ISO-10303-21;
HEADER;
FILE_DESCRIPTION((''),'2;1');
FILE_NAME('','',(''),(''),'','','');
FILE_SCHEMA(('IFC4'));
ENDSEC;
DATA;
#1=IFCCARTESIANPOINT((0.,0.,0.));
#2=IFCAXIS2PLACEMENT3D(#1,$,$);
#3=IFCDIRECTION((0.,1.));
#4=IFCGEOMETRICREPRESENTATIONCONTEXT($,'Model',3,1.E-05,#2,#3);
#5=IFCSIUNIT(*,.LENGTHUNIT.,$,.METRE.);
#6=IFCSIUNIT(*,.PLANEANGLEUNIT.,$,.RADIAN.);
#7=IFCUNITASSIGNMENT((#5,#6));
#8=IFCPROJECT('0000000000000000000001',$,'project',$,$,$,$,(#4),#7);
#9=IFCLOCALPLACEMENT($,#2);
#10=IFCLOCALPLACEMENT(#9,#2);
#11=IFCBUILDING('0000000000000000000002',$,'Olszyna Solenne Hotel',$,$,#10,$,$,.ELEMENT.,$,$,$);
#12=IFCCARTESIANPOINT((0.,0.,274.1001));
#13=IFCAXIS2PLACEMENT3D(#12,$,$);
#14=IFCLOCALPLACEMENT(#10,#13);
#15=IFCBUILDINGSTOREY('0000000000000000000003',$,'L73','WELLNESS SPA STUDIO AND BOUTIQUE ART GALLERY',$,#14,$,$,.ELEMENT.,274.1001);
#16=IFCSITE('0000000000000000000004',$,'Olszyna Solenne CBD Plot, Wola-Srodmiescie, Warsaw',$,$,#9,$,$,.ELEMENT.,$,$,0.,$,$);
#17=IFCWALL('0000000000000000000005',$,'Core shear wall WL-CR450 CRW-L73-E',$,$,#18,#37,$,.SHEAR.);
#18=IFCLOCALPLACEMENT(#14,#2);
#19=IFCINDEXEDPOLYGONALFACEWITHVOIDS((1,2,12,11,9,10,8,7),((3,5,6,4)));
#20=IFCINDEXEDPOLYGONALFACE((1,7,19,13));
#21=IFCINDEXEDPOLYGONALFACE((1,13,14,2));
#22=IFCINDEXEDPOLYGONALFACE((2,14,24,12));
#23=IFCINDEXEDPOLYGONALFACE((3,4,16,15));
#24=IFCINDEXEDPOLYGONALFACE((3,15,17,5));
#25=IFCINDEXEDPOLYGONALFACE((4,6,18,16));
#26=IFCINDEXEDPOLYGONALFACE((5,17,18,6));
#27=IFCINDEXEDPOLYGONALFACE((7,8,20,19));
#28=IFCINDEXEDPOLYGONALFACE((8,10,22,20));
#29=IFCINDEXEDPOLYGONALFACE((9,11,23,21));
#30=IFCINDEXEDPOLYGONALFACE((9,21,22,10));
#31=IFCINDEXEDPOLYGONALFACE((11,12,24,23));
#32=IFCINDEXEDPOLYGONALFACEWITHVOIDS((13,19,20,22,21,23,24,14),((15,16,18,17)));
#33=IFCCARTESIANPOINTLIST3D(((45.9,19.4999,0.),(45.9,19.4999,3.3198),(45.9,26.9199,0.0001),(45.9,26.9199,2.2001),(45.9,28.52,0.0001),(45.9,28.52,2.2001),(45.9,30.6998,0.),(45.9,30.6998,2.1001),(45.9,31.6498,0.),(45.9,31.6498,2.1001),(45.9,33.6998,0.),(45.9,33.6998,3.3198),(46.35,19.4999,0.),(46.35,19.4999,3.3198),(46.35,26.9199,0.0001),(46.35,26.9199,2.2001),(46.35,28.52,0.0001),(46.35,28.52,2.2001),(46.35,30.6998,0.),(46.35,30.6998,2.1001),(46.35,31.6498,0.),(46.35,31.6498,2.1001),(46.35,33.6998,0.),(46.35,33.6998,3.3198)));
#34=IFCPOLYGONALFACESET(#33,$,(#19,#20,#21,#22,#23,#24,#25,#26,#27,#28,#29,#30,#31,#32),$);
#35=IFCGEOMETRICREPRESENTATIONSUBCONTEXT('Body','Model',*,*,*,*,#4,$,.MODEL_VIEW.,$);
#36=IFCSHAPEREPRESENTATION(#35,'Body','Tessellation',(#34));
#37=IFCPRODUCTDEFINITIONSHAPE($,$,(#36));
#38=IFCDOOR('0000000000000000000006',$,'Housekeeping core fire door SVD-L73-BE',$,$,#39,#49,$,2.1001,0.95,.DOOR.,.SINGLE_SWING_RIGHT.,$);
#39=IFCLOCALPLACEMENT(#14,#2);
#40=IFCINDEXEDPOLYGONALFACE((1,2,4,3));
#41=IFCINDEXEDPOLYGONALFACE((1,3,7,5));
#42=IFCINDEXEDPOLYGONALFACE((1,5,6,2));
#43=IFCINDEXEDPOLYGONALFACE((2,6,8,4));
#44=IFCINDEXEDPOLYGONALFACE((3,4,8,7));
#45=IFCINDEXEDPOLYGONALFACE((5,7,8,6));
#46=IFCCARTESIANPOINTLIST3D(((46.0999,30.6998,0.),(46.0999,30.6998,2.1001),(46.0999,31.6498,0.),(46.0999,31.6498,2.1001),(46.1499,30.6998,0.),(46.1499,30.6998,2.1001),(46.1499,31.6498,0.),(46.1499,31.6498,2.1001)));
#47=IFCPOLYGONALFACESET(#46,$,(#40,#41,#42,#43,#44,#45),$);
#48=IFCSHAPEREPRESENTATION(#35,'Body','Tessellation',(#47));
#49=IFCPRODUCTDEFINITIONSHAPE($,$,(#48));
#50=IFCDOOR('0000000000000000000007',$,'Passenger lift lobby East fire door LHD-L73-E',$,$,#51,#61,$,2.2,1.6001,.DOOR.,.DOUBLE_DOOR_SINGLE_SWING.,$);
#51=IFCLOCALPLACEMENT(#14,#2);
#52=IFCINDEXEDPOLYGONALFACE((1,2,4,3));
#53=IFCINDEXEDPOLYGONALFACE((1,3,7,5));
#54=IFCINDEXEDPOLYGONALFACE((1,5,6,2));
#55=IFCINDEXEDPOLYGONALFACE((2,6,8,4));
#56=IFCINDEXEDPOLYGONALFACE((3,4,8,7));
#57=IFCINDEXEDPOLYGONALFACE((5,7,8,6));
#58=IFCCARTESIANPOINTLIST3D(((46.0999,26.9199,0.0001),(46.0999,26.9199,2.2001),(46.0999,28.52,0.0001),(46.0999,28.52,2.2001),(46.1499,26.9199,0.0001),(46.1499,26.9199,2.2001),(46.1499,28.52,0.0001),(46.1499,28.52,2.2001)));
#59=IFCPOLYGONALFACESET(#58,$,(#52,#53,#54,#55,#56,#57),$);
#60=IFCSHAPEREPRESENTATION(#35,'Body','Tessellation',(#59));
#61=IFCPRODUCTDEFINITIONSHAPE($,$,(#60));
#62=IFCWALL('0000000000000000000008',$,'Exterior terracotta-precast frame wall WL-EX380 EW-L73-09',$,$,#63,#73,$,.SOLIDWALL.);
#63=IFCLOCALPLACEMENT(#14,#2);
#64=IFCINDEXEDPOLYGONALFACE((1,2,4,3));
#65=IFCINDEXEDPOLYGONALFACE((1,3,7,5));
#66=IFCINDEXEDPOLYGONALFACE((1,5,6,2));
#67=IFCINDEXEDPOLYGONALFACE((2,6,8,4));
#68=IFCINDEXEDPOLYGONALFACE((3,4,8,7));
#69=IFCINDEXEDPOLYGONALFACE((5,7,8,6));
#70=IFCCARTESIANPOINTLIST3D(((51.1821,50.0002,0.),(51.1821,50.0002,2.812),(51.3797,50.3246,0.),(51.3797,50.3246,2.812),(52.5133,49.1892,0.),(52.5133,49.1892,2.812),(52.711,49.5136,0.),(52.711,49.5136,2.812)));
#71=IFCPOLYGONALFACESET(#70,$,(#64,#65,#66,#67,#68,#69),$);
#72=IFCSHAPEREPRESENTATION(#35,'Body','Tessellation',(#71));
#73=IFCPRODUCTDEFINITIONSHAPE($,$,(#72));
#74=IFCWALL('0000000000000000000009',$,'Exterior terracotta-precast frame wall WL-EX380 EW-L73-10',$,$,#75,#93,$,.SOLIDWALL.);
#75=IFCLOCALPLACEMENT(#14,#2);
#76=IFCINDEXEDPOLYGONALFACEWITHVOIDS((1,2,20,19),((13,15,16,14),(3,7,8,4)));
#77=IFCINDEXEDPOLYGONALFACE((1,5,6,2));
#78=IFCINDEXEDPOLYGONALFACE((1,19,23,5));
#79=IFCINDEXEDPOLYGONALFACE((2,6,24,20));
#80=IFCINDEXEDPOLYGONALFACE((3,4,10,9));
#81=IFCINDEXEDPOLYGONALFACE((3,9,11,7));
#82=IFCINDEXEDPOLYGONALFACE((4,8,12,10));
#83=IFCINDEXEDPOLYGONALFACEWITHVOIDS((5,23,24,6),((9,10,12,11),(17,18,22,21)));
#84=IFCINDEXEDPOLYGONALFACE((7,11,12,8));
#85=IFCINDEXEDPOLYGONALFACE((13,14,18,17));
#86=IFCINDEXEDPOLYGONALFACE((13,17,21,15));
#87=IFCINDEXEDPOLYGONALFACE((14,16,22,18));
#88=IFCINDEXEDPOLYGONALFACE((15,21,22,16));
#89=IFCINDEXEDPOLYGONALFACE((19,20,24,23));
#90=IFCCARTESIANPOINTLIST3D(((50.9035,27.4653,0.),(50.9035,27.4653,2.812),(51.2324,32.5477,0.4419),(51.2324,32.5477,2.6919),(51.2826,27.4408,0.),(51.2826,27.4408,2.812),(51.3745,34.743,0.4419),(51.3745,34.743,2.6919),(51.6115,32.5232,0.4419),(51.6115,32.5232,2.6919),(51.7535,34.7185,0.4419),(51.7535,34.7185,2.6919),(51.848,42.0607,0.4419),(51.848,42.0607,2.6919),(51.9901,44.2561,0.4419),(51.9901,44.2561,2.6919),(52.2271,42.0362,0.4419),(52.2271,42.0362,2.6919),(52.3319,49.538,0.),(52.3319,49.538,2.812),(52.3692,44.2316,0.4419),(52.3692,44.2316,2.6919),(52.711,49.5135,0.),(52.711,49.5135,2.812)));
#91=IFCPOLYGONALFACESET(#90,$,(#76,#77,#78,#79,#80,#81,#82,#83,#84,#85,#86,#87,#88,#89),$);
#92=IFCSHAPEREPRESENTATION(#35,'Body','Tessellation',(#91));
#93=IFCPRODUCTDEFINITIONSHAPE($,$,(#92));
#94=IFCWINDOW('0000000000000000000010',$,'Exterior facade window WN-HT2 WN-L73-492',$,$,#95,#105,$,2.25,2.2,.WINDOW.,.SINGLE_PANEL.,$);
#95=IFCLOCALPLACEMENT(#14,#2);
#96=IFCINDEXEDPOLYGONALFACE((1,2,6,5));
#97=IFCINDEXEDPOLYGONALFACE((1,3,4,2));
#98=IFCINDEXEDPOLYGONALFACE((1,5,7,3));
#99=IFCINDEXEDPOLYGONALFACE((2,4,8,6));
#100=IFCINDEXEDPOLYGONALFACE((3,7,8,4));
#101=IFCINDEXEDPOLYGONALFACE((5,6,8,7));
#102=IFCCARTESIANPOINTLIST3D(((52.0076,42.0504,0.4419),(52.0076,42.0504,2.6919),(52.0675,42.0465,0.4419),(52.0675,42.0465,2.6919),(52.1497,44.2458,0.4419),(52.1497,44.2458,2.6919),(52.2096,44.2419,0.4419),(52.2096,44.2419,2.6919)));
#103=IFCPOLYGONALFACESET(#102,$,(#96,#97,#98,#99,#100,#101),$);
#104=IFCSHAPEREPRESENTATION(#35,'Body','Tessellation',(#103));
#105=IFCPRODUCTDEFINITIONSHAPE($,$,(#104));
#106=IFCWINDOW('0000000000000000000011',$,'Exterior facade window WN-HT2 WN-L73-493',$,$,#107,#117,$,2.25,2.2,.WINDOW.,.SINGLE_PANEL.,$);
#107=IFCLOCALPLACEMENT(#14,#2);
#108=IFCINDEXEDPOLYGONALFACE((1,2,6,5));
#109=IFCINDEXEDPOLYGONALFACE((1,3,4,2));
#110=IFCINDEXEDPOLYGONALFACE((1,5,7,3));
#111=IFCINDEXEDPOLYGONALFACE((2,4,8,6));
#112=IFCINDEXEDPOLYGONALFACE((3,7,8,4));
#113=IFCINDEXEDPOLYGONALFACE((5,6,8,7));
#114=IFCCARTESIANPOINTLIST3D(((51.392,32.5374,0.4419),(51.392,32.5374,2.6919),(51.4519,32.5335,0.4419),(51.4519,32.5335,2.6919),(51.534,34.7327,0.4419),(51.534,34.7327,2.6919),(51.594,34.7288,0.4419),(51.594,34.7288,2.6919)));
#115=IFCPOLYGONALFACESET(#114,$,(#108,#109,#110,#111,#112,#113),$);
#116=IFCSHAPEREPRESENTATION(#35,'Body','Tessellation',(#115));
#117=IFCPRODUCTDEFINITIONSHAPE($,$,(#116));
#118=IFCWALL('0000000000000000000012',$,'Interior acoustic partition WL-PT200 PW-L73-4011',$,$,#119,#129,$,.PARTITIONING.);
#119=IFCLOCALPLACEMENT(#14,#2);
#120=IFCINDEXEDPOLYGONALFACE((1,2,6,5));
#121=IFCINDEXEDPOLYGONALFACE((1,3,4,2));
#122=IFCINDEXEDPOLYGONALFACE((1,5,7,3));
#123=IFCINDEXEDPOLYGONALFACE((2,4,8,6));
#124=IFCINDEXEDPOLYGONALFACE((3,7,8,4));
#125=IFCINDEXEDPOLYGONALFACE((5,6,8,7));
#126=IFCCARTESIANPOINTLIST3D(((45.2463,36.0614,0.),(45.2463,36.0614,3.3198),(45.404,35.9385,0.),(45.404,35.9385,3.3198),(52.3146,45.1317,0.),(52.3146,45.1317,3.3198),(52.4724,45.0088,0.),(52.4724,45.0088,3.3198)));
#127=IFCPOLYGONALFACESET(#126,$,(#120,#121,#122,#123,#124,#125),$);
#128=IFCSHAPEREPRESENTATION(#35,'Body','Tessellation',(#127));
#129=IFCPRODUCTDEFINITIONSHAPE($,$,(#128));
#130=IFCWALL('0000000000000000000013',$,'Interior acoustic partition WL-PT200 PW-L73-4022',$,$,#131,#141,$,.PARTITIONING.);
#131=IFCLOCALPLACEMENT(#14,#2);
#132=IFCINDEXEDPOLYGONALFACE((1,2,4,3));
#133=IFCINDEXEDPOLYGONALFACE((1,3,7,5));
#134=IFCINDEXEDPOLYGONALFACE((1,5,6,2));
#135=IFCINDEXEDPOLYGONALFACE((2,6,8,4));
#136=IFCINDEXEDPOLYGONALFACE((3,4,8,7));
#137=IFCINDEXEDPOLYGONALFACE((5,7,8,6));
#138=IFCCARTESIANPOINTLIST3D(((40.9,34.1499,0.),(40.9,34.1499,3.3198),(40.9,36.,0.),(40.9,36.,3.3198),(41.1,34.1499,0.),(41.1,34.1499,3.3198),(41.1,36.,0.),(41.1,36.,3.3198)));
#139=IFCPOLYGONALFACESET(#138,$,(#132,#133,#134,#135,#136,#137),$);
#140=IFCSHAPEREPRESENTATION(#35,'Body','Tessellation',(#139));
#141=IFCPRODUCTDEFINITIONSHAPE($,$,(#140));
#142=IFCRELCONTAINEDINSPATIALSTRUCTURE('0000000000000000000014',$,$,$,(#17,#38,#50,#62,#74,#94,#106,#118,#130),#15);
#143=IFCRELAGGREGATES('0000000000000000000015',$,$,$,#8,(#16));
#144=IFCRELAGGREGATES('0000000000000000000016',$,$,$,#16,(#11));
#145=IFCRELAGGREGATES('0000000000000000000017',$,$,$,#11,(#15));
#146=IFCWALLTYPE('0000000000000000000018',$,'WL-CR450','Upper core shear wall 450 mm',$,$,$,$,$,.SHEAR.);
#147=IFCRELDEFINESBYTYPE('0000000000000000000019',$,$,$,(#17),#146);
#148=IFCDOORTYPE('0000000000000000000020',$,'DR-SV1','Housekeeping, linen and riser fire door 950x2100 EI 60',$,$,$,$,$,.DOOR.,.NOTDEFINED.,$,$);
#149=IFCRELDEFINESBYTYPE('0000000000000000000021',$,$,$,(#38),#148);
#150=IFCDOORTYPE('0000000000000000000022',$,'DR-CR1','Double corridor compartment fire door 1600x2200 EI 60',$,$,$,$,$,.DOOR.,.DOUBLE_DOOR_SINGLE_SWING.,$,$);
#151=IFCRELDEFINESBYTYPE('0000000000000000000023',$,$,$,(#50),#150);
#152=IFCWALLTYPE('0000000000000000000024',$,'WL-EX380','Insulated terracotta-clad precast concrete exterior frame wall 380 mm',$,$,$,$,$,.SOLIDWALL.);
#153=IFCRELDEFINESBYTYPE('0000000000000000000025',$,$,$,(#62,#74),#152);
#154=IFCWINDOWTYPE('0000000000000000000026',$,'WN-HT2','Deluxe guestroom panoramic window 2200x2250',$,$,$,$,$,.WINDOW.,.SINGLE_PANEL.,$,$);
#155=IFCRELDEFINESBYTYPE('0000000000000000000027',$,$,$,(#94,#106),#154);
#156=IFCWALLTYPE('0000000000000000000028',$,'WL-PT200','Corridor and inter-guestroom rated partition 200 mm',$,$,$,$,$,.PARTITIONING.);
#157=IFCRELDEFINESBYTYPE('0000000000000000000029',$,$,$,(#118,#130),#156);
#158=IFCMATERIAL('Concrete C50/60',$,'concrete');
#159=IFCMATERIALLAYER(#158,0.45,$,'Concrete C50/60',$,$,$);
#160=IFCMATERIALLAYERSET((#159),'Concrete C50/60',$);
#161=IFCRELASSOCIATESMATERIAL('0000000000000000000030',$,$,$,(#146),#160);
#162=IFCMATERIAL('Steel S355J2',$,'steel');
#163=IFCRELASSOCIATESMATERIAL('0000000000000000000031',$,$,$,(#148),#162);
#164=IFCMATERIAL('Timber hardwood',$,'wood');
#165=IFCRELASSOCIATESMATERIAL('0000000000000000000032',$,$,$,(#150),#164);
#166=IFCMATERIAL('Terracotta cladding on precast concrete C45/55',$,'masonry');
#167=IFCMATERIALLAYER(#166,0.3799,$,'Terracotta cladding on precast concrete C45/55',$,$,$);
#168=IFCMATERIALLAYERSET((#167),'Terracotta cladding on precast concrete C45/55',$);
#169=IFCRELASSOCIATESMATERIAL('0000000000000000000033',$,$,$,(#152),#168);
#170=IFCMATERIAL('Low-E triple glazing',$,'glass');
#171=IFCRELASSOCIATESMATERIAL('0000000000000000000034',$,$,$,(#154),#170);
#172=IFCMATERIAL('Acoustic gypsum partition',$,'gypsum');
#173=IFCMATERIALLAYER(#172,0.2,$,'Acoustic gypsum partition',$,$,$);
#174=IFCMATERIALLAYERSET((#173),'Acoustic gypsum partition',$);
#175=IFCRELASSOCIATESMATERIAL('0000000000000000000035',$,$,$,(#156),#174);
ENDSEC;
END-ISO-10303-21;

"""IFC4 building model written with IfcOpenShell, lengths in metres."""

from ifc_helpers import new_model, si_unit, direction, frame, frame_2d, origin, place, context, subcontext, project, spatial, rectangle, extrude, source, transform, mapped, material, layer, layer_set, type_object, type_shapes, element, fill, save


model = new_model("IFC4")

# Units and contexts
model_context = context("Model", 3, precision=1e-05, world=origin(), true_north=direction((0.0, 1.0)))
body_context = subcontext(model_context, "Body", "Model", "MODEL_VIEW")
ifc_project = project(units=[si_unit("LENGTHUNIT", "METRE"), si_unit("PLANEANGLEUNIT", "RADIAN")], contexts=[model_context])

# Site, building, storey
site_placement = place(None, origin())
site = spatial("IfcSite", under=ifc_project, at=site_placement, Name="Olszyna Solenne CBD Plot, Wola-Srodmiescie, Warsaw", CompositionType="ELEMENT", RefElevation=0.0)
building_placement = place(site_placement, origin())
building = spatial("IfcBuilding", under=site, at=building_placement, Name="Olszyna Solenne Hotel", CompositionType="ELEMENT")
storey_placement = place(building_placement, frame((0.0, 0.0, 274.1001)))
storey = spatial("IfcBuildingStorey", under=building, at=storey_placement, Name="L73", Description="WELLNESS SPA STUDIO AND BOUTIQUE ART GALLERY", CompositionType="ELEMENT", Elevation=274.1001)

# Shared definitions
ifc_material_1 = material(Name="Steel S355J2", Category="steel")

# Wall, openings, doors
ifc_material_2 = material(Name="Concrete C50/60", Category="concrete")
ifc_layer_1 = layer(ifc_material_2, 0.45, Name="Concrete C50/60")
ifc_layer_set_1 = layer_set([ifc_layer_1], Name="Concrete C50/60")
wall_type_1 = type_object("IfcWallType", Name="WL-CR450", Description="Upper core shear wall 450 mm", PredefinedType="SHEAR", material=ifc_layer_set_1)
wall_1_placement = place(storey_placement, frame((46.125, 33.7, 0.0), z_axis=(0.0, 0.0, 1.0), x_axis=(0.0, -1.0, 0.0)))
wall_1 = element("IfcWall", 1, at=wall_1_placement, inside=storey, type_object=wall_type_1, Name="Core shear wall WL-CR450 CRW-L73-E", PredefinedType="SHEAR", context=body_context, shape_type="SweptSolid", body=[
    extrude(rectangle(XDim=14.2, YDim=0.45, at=frame_2d((7.1001, 0.0))), origin(), (0.0, 0.0, 1.0), 3.3198),
])
opening_1_placement = place(wall_1_placement, frame((5.1799, 0.0, 0.0)))
opening_1 = element("IfcOpeningElement", 2, at=opening_1_placement, cuts=wall_1, PredefinedType="OPENING", context=body_context, shape_type="SweptSolid", body=[
    extrude(rectangle(XDim=1.6001, YDim=2.2, at=frame_2d((0.8, 1.1001))), frame((0.0, 0.2349, 0.0), z_axis=(0.0, -1.0, 0.0), x_axis=(1.0, 0.0, 0.0)), (0.0, 0.0, 1.0), 0.47),
])
opening_2_placement = place(wall_1_placement, frame((2.05, 0.0, 0.0)))
opening_2 = element("IfcOpeningElement", 3, at=opening_2_placement, cuts=wall_1, PredefinedType="OPENING", context=body_context, shape_type="SweptSolid", body=[
    extrude(rectangle(XDim=0.95, YDim=2.1001, at=frame_2d((0.4751, 1.05))), frame((0.0, 0.2349, 0.0), z_axis=(0.0, -1.0, 0.0), x_axis=(1.0, 0.0, 0.0)), (0.0, 0.0, 1.0), 0.47),
])
door_type_1 = type_object("IfcDoorType", Name="DR-SV1", Description="Housekeeping, linen and riser fire door 950x2100 EI 60", OperationType="NOTDEFINED", PredefinedType="DOOR", material=ifc_material_1)
shared_shape_1 = source(origin(), body_context, "Body", "SweptSolid", [
    extrude(rectangle(XDim=0.95, YDim=2.1001, at=frame_2d((0.4751, 1.05))), frame((0.0, 0.0249, 0.0), z_axis=(0.0, -1.0, 0.0), x_axis=(1.0, 0.0, 0.0)), (0.0, 0.0, 1.0), 0.05),
])
type_shapes(door_type_1, [shared_shape_1])
door_1_placement = place(opening_2_placement, origin())
door_1 = element("IfcDoor", 4, at=door_1_placement, inside=storey, type_object=door_type_1, Name="Housekeeping core fire door SVD-L73-BE", OperationType="SINGLE_SWING_RIGHT", OverallHeight=2.1001, OverallWidth=0.95, PredefinedType="DOOR", context=body_context, shape_type="MappedRepresentation", body=[
    mapped(shared_shape_1, transform((0.0, 0.0, 0.0), x_axis=(1.0, 0.0, 0.0), y_axis=(0.0, 1.0, 0.0), z_axis=(0.0, 0.0, 1.0), scale=1.0)),
])
fill(opening_2, door_1)
ifc_material_3 = material(Name="Timber hardwood", Category="wood")
door_type_2 = type_object("IfcDoorType", Name="DR-CR1", Description="Double corridor compartment fire door 1600x2200 EI 60", OperationType="DOUBLE_DOOR_SINGLE_SWING", PredefinedType="DOOR", material=ifc_material_3)
shared_shape_2 = source(origin(), body_context, "Body", "SweptSolid", [
    extrude(rectangle(XDim=1.6001, YDim=2.2, at=frame_2d((0.8, 1.1001))), frame((0.0, 0.0249, 0.0), z_axis=(0.0, -1.0, 0.0), x_axis=(1.0, 0.0, 0.0)), (0.0, 0.0, 1.0), 0.05),
])
type_shapes(door_type_2, [shared_shape_2])
door_2_placement = place(opening_1_placement, origin())
door_2 = element("IfcDoor", 5, at=door_2_placement, inside=storey, type_object=door_type_2, Name="Passenger lift lobby East fire door LHD-L73-E", OperationType="DOUBLE_DOOR_SINGLE_SWING", OverallHeight=2.2, OverallWidth=1.6001, PredefinedType="DOOR", context=body_context, shape_type="MappedRepresentation", body=[
    mapped(shared_shape_2, transform((0.0, 0.0, 0.0), x_axis=(1.0, 0.0, 0.0), y_axis=(0.0, 1.0, 0.0), z_axis=(0.0, 0.0, 1.0), scale=1.0)),
])
fill(opening_1, door_2)

# Wall
ifc_material_4 = material(Name="Terracotta cladding on precast concrete C45/55", Category="masonry")
ifc_layer_2 = layer(ifc_material_4, 0.3799, Name="Terracotta cladding on precast concrete C45/55")
ifc_layer_set_2 = layer_set([ifc_layer_2], Name="Terracotta cladding on precast concrete C45/55")
wall_type_2 = type_object("IfcWallType", Name="WL-EX380", Description="Insulated terracotta-clad precast concrete exterior frame wall 380 mm", PredefinedType="SOLIDWALL", material=ifc_layer_set_2)
wall_2_placement = place(storey_placement, frame((51.281, 50.1624, 0.0), z_axis=(0.0, 0.0, 1.0), x_axis=(0.854005, -0.520265, 0.0)))
element("IfcWall", 6, at=wall_2_placement, inside=storey, type_object=wall_type_2, Name="Exterior terracotta-precast frame wall WL-EX380 EW-L73-09", PredefinedType="SOLIDWALL", context=body_context, shape_type="SweptSolid", body=[
    extrude(rectangle(XDim=1.5588, YDim=0.3799, at=frame_2d((0.7793, 0.0))), origin(), (0.0, 0.0, 1.0), 2.812),
])

# Wall, openings, windows
wall_3_placement = place(storey_placement, frame((52.5215, 49.5259, 0.0), z_axis=(0.0, 0.0, 1.0), x_axis=(-0.064581, -0.997912, 0.0)))
wall_3 = element("IfcWall", 7, at=wall_3_placement, inside=storey, type_object=wall_type_2, Name="Exterior terracotta-precast frame wall WL-EX380 EW-L73-10", PredefinedType="SOLIDWALL", context=body_context, shape_type="SweptSolid", body=[
    extrude(rectangle(XDim=22.1189, YDim=0.3799, at=frame_2d((11.0596, 0.0))), origin(), (0.0, 0.0, 1.0), 2.812),
])
opening_3_placement = place(wall_3_placement, frame((5.293, 0.0, 0.4419)))
opening_3 = element("IfcOpeningElement", 8, at=opening_3_placement, cuts=wall_3, PredefinedType="OPENING", context=body_context, shape_type="SweptSolid", body=[
    extrude(rectangle(XDim=2.2, YDim=2.25, at=frame_2d((1.1001, 1.125))), frame((0.0, 0.2, 0.0), z_axis=(0.0, -1.0, 0.0), x_axis=(1.0, 0.0, 0.0)), (0.0, 0.0, 1.0), 0.3999),
])
opening_4_placement = place(wall_3_placement, frame((14.8259, 0.0, 0.4419)))
opening_4 = element("IfcOpeningElement", 9, at=opening_4_placement, cuts=wall_3, PredefinedType="OPENING", context=body_context, shape_type="SweptSolid", body=[
    extrude(rectangle(XDim=2.2, YDim=2.25, at=frame_2d((1.1001, 1.125))), frame((0.0, 0.2, 0.0), z_axis=(0.0, -1.0, 0.0), x_axis=(1.0, 0.0, 0.0)), (0.0, 0.0, 1.0), 0.3999),
])
ifc_material_5 = material(Name="Low-E triple glazing", Category="glass")
window_type = type_object("IfcWindowType", Name="WN-HT2", Description="Deluxe guestroom panoramic window 2200x2250", PartitioningType="SINGLE_PANEL", PredefinedType="WINDOW", material=ifc_material_5)
shared_shape_3 = source(origin(), body_context, "Body", "SweptSolid", [
    extrude(rectangle(XDim=2.2, YDim=2.25, at=frame_2d((1.1001, 1.125))), frame((0.0, 0.03, 0.0), z_axis=(0.0, -1.0, 0.0), x_axis=(1.0, 0.0, 0.0)), (0.0, 0.0, 1.0), 0.0601),
])
type_shapes(window_type, [shared_shape_3])
window_1_placement = place(opening_3_placement, origin())
window_1 = element("IfcWindow", 10, at=window_1_placement, inside=storey, type_object=window_type, Name="Exterior facade window WN-HT2 WN-L73-492", OverallHeight=2.25, OverallWidth=2.2, PartitioningType="SINGLE_PANEL", PredefinedType="WINDOW", context=body_context, shape_type="MappedRepresentation", body=[
    mapped(shared_shape_3, transform((0.0, 0.0, 0.0), x_axis=(1.0, 0.0, 0.0), y_axis=(0.0, 1.0, 0.0), z_axis=(0.0, 0.0, 1.0), scale=1.0)),
])
fill(opening_3, window_1)
window_2_placement = place(opening_4_placement, origin())
window_2 = element("IfcWindow", 11, at=window_2_placement, inside=storey, type_object=window_type, Name="Exterior facade window WN-HT2 WN-L73-493", OverallHeight=2.25, OverallWidth=2.2, PartitioningType="SINGLE_PANEL", PredefinedType="WINDOW", context=body_context, shape_type="MappedRepresentation", body=[
    mapped(shared_shape_3, transform((0.0, 0.0, 0.0), x_axis=(1.0, 0.0, 0.0), y_axis=(0.0, 1.0, 0.0), z_axis=(0.0, 0.0, 1.0), scale=1.0)),
])
fill(opening_4, window_2)

# Walls
ifc_material_6 = material(Name="Acoustic gypsum partition", Category="gypsum")
ifc_layer_3 = layer(ifc_material_6, 0.2, Name="Acoustic gypsum partition")
ifc_layer_set_3 = layer_set([ifc_layer_3], Name="Acoustic gypsum partition")
wall_type_3 = type_object("IfcWallType", Name="WL-PT200", Description="Corridor and inter-guestroom rated partition 200 mm", PredefinedType="PARTITIONING", material=ifc_layer_set_3)
wall_4_placement = place(storey_placement, frame((45.3252, 36.0, 0.0), z_axis=(0.0, 0.0, 1.0), x_axis=(0.614681, 0.788776, 0.0)))
element("IfcWall", 12, at=wall_4_placement, inside=storey, type_object=wall_type_3, Name="Interior acoustic partition WL-PT200 PW-L73-4011", PredefinedType="PARTITIONING", context=body_context, shape_type="SweptSolid", body=[
    extrude(rectangle(XDim=11.4993, YDim=0.2, at=frame_2d((5.7495, 0.0))), origin(), (0.0, 0.0, 1.0), 3.3198),
])
wall_5_placement = place(storey_placement, frame((41.0, 34.1499, 0.0), z_axis=(0.0, 0.0, 1.0), x_axis=(0.0, 1.0, 0.0)))
element("IfcWall", 13, at=wall_5_placement, inside=storey, type_object=wall_type_3, Name="Interior acoustic partition WL-PT200 PW-L73-4022", PredefinedType="PARTITIONING", context=body_context, shape_type="SweptSolid", body=[
    extrude(rectangle(XDim=1.8501, YDim=0.2, at=frame_2d((0.925, 0.0))), origin(), (0.0, 0.0, 1.0), 3.3198),
])

save(model, "model.ifc")
